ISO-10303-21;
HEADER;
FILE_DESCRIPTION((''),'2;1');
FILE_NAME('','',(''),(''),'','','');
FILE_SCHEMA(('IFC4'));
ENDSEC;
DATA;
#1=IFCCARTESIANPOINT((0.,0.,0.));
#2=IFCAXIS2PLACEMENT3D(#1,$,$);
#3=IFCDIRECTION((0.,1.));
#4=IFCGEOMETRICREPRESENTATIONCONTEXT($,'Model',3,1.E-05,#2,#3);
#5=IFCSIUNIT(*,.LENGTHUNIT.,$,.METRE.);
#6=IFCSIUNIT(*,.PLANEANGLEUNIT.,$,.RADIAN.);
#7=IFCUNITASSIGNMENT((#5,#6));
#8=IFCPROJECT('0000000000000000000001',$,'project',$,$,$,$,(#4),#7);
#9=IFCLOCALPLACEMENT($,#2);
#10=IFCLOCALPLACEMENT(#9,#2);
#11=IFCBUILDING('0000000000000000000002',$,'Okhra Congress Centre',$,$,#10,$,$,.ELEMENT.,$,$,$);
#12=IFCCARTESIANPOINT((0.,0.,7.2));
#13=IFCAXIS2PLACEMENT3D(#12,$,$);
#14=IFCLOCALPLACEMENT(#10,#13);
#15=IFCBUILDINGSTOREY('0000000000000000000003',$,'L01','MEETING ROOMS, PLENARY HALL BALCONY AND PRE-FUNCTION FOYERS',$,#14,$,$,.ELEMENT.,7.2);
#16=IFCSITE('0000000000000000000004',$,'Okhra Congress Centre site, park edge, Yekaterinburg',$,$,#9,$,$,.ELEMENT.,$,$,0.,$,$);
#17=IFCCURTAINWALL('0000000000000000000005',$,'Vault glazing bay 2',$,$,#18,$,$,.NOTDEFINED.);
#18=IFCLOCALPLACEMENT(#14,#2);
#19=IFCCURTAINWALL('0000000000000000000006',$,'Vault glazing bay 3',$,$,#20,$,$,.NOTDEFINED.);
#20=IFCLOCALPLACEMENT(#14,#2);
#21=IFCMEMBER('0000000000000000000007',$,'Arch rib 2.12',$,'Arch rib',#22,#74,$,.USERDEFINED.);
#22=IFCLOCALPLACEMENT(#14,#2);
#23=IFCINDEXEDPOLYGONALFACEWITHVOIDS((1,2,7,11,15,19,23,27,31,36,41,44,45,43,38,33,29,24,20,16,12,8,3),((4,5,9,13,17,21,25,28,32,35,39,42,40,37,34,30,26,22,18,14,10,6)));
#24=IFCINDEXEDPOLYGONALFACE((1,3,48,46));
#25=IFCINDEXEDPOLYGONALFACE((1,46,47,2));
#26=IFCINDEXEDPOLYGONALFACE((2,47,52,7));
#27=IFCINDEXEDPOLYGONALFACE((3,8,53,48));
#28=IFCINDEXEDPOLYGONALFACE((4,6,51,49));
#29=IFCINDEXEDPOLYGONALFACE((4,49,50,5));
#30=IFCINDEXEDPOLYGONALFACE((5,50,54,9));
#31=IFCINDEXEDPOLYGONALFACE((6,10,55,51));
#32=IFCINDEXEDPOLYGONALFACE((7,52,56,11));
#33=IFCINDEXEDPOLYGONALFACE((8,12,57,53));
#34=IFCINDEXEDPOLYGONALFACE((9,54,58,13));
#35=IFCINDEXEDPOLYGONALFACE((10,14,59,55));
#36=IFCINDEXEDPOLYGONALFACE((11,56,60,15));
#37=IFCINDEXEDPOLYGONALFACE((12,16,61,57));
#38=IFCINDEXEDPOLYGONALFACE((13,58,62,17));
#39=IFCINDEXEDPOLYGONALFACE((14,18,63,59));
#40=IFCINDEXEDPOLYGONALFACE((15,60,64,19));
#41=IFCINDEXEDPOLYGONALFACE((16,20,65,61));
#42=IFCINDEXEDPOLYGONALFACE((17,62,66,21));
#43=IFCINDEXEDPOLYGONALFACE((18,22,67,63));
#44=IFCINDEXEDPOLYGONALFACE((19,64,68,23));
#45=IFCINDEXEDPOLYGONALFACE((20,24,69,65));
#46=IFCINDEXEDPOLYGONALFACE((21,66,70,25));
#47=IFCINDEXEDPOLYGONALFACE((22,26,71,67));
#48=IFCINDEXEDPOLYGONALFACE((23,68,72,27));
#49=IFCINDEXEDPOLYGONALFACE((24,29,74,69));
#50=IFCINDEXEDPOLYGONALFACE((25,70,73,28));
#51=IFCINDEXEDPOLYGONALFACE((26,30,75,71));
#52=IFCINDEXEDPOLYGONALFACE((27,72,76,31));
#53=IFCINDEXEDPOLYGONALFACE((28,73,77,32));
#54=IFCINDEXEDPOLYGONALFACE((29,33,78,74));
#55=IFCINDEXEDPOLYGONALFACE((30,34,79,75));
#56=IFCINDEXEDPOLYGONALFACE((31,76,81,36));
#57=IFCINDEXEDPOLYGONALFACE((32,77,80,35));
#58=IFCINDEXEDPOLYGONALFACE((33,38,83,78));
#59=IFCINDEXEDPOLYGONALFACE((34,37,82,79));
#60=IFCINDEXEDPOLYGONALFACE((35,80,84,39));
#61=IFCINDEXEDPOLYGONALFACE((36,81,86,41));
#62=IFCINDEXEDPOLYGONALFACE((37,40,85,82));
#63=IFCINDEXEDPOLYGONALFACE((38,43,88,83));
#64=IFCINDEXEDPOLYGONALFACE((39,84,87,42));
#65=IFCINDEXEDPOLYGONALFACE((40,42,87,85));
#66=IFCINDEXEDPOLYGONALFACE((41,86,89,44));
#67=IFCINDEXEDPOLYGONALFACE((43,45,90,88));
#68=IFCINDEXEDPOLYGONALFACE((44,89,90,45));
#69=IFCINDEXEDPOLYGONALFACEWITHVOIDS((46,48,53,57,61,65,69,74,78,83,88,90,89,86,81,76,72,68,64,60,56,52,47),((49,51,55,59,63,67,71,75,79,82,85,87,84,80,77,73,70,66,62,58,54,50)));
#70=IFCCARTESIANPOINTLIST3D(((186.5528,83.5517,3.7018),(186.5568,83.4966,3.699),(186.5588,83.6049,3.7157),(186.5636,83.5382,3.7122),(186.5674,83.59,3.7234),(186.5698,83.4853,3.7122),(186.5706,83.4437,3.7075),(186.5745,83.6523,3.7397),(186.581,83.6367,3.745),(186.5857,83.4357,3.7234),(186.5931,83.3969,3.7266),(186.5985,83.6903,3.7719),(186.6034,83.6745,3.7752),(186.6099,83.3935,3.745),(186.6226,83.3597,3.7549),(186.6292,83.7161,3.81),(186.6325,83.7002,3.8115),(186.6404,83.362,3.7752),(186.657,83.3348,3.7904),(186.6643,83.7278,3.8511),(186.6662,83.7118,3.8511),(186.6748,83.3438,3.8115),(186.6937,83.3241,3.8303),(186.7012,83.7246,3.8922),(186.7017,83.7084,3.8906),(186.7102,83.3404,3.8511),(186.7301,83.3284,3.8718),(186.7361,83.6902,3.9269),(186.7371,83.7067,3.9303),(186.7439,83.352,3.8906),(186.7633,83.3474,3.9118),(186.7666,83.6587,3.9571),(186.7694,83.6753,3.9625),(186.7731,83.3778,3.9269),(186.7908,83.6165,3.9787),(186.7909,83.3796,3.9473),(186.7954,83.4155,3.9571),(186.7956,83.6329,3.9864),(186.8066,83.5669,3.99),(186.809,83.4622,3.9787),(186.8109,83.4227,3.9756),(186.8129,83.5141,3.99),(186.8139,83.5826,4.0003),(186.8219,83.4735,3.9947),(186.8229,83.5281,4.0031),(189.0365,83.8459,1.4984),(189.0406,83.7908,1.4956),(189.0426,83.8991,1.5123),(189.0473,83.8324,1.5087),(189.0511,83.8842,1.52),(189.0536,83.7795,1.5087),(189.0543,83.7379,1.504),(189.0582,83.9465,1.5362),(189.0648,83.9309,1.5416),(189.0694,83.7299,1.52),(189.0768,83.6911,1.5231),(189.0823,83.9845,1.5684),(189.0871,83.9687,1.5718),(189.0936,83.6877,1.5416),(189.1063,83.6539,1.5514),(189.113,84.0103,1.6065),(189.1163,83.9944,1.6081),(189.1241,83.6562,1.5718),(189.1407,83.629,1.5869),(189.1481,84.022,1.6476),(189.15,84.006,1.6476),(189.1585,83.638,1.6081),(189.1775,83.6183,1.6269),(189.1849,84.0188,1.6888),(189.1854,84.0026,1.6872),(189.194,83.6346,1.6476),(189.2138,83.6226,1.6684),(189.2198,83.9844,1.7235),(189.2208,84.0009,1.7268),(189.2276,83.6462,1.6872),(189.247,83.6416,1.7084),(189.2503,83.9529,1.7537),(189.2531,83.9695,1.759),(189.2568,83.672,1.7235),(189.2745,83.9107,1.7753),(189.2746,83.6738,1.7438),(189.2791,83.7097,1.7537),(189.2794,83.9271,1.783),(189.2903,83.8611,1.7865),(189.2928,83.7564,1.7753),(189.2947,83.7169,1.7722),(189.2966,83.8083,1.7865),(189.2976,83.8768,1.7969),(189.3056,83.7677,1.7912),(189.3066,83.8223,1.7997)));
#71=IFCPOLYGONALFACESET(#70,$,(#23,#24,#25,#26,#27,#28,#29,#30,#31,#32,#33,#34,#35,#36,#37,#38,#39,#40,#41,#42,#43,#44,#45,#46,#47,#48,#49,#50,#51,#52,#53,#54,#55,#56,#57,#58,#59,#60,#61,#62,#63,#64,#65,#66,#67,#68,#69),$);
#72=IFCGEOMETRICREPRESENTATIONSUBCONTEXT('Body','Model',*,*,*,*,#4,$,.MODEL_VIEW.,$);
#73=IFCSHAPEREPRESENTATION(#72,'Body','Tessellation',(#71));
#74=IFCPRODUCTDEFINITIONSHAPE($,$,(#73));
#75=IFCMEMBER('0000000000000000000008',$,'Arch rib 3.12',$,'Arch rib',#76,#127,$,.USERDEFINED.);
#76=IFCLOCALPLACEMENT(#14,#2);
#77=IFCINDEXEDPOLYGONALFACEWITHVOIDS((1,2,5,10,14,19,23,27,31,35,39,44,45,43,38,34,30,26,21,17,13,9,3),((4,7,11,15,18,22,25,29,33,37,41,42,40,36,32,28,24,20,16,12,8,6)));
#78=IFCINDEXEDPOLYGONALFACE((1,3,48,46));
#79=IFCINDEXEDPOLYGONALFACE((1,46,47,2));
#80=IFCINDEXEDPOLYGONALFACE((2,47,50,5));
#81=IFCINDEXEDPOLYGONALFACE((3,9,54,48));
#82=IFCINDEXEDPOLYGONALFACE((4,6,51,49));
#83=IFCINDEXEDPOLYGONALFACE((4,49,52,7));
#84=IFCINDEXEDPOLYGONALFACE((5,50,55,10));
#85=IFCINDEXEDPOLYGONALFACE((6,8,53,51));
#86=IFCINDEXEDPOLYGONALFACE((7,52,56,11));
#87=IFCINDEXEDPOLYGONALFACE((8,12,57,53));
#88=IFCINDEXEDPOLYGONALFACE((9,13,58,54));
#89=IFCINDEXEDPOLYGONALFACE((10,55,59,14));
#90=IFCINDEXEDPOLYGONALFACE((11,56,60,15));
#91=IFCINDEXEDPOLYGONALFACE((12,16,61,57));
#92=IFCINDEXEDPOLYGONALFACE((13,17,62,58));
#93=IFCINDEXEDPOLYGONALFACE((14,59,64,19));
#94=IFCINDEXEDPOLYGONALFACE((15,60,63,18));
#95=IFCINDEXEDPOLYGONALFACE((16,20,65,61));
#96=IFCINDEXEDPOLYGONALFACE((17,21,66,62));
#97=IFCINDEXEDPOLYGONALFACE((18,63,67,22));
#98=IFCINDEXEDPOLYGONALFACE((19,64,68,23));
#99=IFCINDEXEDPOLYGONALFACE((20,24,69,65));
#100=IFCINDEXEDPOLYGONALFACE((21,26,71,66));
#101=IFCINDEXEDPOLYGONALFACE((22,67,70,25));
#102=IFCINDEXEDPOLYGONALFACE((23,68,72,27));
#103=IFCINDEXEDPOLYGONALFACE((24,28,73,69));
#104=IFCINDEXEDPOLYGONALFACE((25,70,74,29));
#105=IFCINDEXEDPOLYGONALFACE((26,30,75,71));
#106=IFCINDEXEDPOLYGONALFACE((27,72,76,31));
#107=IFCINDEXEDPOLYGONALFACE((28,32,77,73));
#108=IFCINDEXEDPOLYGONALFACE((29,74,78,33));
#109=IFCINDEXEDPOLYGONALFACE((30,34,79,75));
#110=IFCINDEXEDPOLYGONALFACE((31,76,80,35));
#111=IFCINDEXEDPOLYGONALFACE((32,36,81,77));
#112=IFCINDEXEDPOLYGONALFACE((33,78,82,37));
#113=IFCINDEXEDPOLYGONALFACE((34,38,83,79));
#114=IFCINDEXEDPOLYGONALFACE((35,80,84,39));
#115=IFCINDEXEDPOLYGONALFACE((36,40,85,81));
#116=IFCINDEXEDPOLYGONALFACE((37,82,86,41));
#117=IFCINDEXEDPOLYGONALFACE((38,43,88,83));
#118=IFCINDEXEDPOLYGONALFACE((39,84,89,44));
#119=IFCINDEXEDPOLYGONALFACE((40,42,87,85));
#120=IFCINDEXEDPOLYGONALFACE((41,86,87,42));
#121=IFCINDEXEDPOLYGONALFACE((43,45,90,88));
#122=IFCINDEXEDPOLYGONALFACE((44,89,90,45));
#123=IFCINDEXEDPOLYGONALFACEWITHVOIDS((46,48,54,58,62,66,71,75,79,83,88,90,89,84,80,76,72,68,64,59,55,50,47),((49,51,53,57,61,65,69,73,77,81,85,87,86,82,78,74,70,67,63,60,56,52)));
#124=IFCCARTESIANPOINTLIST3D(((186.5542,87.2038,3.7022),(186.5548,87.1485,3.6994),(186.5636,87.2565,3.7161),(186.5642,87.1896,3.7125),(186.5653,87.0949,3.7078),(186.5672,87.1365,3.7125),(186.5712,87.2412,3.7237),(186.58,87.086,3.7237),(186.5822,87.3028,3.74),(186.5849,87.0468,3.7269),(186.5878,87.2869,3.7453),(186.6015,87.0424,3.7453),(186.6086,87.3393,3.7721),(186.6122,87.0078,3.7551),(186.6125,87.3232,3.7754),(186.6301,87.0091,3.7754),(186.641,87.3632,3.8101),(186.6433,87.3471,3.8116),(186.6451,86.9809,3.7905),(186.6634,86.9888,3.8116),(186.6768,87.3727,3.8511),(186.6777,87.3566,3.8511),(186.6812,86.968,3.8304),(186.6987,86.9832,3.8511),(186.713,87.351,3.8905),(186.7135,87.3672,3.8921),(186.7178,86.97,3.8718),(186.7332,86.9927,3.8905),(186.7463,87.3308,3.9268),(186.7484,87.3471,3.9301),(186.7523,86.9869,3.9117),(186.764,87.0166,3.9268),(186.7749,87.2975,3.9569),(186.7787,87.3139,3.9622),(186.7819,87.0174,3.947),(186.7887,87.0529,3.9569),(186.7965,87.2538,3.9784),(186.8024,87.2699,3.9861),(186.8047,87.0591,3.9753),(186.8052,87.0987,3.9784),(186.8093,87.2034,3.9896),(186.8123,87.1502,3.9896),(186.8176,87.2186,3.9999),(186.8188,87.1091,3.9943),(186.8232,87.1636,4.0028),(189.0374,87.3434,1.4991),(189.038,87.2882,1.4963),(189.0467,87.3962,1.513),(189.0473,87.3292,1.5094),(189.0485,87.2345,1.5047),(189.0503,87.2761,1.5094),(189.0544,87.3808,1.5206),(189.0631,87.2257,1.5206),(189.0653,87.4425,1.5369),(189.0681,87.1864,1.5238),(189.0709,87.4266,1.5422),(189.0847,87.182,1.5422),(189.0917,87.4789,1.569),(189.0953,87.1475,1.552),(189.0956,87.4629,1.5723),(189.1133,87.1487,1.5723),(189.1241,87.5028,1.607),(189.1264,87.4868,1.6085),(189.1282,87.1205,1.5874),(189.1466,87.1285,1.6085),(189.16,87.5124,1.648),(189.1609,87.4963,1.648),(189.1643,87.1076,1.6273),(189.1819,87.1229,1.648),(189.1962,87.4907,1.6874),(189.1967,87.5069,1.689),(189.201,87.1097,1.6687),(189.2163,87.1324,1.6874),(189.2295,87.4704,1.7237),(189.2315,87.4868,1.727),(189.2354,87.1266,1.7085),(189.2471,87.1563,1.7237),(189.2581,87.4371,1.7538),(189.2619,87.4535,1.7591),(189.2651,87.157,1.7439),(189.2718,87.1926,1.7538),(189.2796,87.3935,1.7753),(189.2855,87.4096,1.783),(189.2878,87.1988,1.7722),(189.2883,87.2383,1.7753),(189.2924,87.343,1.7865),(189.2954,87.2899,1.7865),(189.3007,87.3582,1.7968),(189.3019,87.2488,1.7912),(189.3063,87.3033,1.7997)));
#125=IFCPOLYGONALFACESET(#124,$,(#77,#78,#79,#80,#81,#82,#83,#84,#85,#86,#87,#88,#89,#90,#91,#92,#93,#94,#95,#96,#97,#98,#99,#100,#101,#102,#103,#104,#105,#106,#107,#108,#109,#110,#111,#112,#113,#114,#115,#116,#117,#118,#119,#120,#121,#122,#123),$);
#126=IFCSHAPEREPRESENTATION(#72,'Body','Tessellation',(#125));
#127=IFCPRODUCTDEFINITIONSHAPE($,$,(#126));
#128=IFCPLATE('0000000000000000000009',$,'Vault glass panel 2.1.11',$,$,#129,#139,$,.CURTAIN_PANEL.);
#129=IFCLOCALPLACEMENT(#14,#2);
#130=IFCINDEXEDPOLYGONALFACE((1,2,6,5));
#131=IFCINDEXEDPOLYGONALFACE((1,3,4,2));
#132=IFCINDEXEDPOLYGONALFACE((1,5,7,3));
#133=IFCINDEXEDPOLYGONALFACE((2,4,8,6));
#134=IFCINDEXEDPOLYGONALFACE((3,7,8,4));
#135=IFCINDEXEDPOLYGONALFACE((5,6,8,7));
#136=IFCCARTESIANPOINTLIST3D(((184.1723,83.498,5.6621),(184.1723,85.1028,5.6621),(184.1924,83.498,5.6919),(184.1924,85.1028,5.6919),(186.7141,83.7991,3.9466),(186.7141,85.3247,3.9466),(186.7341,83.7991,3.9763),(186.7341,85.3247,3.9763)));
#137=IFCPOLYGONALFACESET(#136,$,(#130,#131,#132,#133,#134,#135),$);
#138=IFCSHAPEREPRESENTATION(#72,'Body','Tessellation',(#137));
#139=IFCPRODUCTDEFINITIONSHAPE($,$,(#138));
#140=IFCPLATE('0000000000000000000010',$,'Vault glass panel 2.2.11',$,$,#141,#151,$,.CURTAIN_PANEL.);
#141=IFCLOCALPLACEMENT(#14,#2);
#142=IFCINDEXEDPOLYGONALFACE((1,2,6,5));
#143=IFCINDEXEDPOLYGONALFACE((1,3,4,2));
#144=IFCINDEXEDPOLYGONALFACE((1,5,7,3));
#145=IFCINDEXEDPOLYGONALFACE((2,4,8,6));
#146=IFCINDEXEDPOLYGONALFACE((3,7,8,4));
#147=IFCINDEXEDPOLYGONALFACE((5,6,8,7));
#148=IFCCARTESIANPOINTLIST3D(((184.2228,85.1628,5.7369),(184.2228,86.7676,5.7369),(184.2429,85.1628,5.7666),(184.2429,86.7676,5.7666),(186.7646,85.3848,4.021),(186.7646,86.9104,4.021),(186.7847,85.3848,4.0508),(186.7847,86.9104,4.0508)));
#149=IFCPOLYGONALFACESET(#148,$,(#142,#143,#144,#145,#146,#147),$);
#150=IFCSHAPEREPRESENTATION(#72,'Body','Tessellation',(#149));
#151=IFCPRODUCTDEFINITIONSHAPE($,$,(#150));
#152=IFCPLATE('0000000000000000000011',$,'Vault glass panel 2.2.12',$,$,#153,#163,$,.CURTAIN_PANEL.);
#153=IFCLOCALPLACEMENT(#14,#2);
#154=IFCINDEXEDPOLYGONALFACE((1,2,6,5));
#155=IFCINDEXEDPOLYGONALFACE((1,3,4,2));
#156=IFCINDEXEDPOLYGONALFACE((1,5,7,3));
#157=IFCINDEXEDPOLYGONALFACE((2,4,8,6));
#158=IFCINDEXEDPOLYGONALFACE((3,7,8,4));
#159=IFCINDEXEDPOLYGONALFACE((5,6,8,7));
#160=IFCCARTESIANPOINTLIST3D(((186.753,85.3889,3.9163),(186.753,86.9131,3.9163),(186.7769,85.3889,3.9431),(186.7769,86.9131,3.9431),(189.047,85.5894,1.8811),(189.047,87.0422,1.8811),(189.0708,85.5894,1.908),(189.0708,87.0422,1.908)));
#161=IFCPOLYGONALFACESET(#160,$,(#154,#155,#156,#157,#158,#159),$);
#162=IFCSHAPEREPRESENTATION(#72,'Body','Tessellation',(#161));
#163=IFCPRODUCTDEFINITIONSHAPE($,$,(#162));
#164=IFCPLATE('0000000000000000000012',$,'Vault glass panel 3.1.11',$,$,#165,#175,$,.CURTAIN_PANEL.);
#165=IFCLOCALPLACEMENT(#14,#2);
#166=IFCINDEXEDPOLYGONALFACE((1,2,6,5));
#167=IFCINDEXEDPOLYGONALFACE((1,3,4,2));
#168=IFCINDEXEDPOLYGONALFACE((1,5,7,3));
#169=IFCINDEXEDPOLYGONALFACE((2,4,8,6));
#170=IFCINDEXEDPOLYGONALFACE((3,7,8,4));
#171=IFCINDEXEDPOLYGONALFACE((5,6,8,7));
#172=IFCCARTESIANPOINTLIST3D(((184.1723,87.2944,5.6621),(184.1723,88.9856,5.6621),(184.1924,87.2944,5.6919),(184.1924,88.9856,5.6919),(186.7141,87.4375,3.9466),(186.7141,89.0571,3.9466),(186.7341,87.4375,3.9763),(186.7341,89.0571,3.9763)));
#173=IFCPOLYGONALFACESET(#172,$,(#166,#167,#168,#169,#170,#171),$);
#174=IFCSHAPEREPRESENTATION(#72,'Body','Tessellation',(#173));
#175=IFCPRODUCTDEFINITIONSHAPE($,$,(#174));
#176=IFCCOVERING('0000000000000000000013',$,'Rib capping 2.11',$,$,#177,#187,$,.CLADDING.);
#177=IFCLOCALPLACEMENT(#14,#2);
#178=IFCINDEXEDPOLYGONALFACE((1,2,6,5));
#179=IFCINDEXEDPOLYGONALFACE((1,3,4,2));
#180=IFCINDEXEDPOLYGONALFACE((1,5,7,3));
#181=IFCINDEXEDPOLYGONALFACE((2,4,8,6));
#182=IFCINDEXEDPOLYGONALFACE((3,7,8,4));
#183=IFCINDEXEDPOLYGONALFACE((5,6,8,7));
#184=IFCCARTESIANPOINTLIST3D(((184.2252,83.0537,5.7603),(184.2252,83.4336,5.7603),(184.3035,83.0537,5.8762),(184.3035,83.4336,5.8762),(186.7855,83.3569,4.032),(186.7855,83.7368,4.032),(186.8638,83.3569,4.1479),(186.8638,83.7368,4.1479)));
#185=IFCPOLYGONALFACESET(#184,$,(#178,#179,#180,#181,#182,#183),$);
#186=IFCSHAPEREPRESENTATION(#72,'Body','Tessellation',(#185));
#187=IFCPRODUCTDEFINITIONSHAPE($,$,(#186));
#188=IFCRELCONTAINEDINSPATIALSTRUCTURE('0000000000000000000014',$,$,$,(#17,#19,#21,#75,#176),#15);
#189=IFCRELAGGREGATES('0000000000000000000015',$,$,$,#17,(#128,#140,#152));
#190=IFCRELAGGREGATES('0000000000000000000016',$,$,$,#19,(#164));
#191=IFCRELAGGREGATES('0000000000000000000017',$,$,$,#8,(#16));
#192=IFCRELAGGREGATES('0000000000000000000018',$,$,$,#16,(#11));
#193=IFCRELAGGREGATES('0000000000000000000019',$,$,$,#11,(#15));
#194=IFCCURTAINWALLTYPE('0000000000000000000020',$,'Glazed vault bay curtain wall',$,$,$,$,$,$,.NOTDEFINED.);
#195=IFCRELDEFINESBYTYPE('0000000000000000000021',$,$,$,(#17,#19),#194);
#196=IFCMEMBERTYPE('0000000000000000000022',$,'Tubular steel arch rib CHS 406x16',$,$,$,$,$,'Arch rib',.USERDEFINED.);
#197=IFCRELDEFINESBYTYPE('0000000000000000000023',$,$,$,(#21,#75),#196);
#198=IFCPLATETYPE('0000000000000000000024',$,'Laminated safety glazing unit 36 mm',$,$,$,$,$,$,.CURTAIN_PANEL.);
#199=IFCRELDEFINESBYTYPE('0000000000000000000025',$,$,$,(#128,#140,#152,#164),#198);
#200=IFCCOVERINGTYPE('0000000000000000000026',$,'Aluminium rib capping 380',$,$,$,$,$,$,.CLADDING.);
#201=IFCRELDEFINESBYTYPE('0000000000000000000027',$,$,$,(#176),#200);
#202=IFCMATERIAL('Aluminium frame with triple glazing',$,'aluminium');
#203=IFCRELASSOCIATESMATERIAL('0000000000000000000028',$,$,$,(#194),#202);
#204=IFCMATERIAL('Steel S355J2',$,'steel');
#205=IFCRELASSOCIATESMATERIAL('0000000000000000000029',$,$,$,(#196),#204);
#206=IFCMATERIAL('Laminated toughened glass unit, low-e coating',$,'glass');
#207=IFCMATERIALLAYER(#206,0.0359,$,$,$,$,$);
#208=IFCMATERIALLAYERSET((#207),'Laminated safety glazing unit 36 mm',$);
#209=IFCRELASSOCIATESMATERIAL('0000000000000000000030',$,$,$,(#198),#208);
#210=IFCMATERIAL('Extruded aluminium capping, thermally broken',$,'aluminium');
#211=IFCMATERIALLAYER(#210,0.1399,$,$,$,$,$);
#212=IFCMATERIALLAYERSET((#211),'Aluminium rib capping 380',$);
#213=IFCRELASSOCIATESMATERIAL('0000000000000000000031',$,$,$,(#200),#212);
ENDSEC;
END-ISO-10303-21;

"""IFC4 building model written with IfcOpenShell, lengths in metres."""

from ifc_helpers import new_model, si_unit, direction, frame, origin, origin_2d, place, context, subcontext, project, spatial, polyline, hollow_circle, outline, extrude, material, layer, layer_set, material_profile, profile_set, type_object, element, aggregate, save


model = new_model("IFC4")

# Units and contexts
model_context = context("Model", 3, precision=1e-05, world=origin(), true_north=direction((0.0, 1.0)))
body_context = subcontext(model_context, "Body", "Model", "MODEL_VIEW")
ifc_project = project(units=[si_unit("LENGTHUNIT", "METRE"), si_unit("PLANEANGLEUNIT", "RADIAN")], contexts=[model_context])

# Site, building, storey
site_placement = place(None, origin())
site = spatial("IfcSite", under=ifc_project, at=site_placement, Name="Okhra Congress Centre site, park edge, Yekaterinburg", CompositionType="ELEMENT", RefElevation=0.0)
building_placement = place(site_placement, origin())
building = spatial("IfcBuilding", under=site, at=building_placement, Name="Okhra Congress Centre", CompositionType="ELEMENT")
storey_placement = place(building_placement, frame((0.0, 0.0, 7.2)))
storey = spatial("IfcBuildingStorey", under=building, at=storey_placement, Name="L01", Description="MEETING ROOMS, PLENARY HALL BALCONY AND PRE-FUNCTION FOYERS", CompositionType="ELEMENT", Elevation=7.2)

# Shared definitions
ifc_material_1 = material(Name="Aluminium frame with triple glazing", Category="aluminium")
curtain_wall_type = type_object("IfcCurtainWallType", Name="Glazed vault bay curtain wall", PredefinedType="NOTDEFINED", material=ifc_material_1)

# Curtain walls
curtain_wall_1_placement = place(storey_placement, origin())
curtain_wall_1 = element("IfcCurtainWall", 1, at=curtain_wall_1_placement, inside=storey, type_object=curtain_wall_type, Name="Vault glazing bay 2", PredefinedType="NOTDEFINED")
curtain_wall_2_placement = place(storey_placement, origin())
curtain_wall_2 = element("IfcCurtainWall", 2, at=curtain_wall_2_placement, inside=storey, type_object=curtain_wall_type, Name="Vault glazing bay 3", PredefinedType="NOTDEFINED")

# Members
ifc_material_2 = material(Name="Steel S355J2", Category="steel")
ifc_material_profile_1 = material_profile(ifc_material_2, hollow_circle(Radius=0.2031, WallThickness=0.0161, at=origin_2d()), Name="CHS 406.4x16")
ifc_profile_set_1 = profile_set([ifc_material_profile_1], Name="Steel S355J2")
member_type_1 = type_object("IfcMemberType", Name="Tubular steel arch rib CHS 406x16", ElementType="Arch rib", PredefinedType="USERDEFINED", material=ifc_profile_set_1)
member_1_placement = place(storey_placement, frame((186.6882, 83.5261, 3.8511), z_axis=(0.745135, 0.088262, -0.661048), x_axis=(-0.117628, 0.993058, 0.0)))
element("IfcMember", 3, at=member_1_placement, inside=storey, type_object=member_type_1, Name="Arch rib 2.12", ObjectType="Arch rib", PredefinedType="USERDEFINED", context=body_context, shape_type="SweptSolid", body=[
    extrude(hollow_circle(Radius=0.2031, WallThickness=0.0161, at=origin_2d()), origin(), (0.0, 0.0, 1.0), 3.3333),
])
member_2_placement = place(storey_placement, frame((186.6882, 87.1699, 3.8511), z_axis=(0.747365, 0.042031, -0.663083), x_axis=(-0.05615, 0.998422, 0.0)))
element("IfcMember", 4, at=member_2_placement, inside=storey, type_object=member_type_1, Name="Arch rib 3.12", ObjectType="Arch rib", PredefinedType="USERDEFINED", context=body_context, shape_type="SweptSolid", body=[
    extrude(hollow_circle(Radius=0.2031, WallThickness=0.0161, at=origin_2d()), origin(), (0.0, 0.0, 1.0), 3.3225),
])

# Plates
ifc_material_3 = material(Name="Laminated toughened glass unit, low-e coating", Category="glass")
ifc_layer_1 = layer(ifc_material_3, 0.0359)
ifc_layer_set_1 = layer_set([ifc_layer_1], Name="Laminated safety glazing unit 36 mm")
plate_type = type_object("IfcPlateType", Name="Laminated safety glazing unit 36 mm", PredefinedType="CURTAIN_PANEL", material=ifc_layer_set_1)
plate_1_placement = place(storey_placement, frame((184.1924, 83.498, 5.6919), z_axis=(0.55945, 0.0, 0.828864), x_axis=(0.824899, 0.097695, -0.556773)))
plate_1 = element("IfcPlate", 5, at=plate_1_placement, type_object=plate_type, Name="Vault glass panel 2.1.11", PredefinedType="CURTAIN_PANEL", context=body_context, shape_type="SweptSolid", body=[
    extrude(outline(polyline([(0.0, 0.0), (3.0813, 0.0), (3.2303, 1.5183), (0.1568, 1.5971), (0.0, 0.0)])), origin(), (0.0, 0.0, -1.0), 0.0359),
])
plate_2_placement = place(storey_placement, frame((184.2429, 85.1628, 5.7666), z_axis=(0.559504, 0.0, 0.828827), x_axis=(0.826666, 0.072177, -0.558045)))
plate_2 = element("IfcPlate", 6, at=plate_2_placement, type_object=plate_type, Name="Vault glass panel 2.2.11", PredefinedType="CURTAIN_PANEL", context=body_context, shape_type="SweptSolid", body=[
    extrude(outline(polyline([(0.0, 0.0), (3.0747, 0.0), (3.1848, 1.5217), (0.1158, 1.6006), (0.0, 0.0)])), origin(), (0.0, 0.0, -1.0), 0.0359),
])
plate_3_placement = place(storey_placement, frame((186.7769, 85.3889, 3.9431), z_axis=(0.663652, 0.0, 0.748041), x_axis=(0.746449, 0.065223, -0.662239)))
plate_3 = element("IfcPlate", 7, at=plate_3_placement, type_object=plate_type, Name="Vault glass panel 2.2.12", PredefinedType="CURTAIN_PANEL", context=body_context, shape_type="SweptSolid", body=[
    extrude(outline(polyline([(0.0, 0.0), (3.0731, 0.0), (3.1679, 1.4498), (0.0994, 1.5209), (0.0, 0.0)])), origin(), (0.0, 0.0, -1.0), 0.0359),
])
aggregate(curtain_wall_1, [plate_1, plate_2, plate_3])
plate_4_placement = place(storey_placement, frame((184.1924, 87.2944, 5.6919), z_axis=(0.55945, 0.0, 0.828864), x_axis=(0.827964, 0.046603, -0.558842)))
plate_4 = element("IfcPlate", 8, at=plate_4_placement, type_object=plate_type, Name="Vault glass panel 3.1.11", PredefinedType="CURTAIN_PANEL", context=body_context, shape_type="SweptSolid", body=[
    extrude(outline(polyline([(0.0, 0.0), (3.0699, 0.0), (3.1454, 1.6179), (0.0788, 1.6893), (0.0, 0.0)])), origin(), (0.0, 0.0, -1.0), 0.0359),
])
aggregate(curtain_wall_2, [plate_4])

# Covering
ifc_material_4 = material(Name="Extruded aluminium capping, thermally broken", Category="aluminium")
ifc_layer_2 = layer(ifc_material_4, 0.1399)
ifc_layer_set_2 = layer_set([ifc_layer_2], Name="Aluminium rib capping 380")
covering_type = type_object("IfcCoveringType", Name="Aluminium rib capping 380", PredefinedType="CLADDING", material=ifc_layer_set_2)
covering_1_placement = place(storey_placement, frame((184.3035, 83.0537, 5.8762), z_axis=(0.559488, 0.0, 0.828839), x_axis=(0.824874, 0.097692, -0.556812)))
element("IfcCovering", 9, at=covering_1_placement, inside=storey, type_object=covering_type, Name="Rib capping 2.11", PredefinedType="CLADDING", context=body_context, shape_type="SweptSolid", body=[
    extrude(outline(polyline([(0.0, 0.0), (3.1039, 0.0), (3.141, 0.3781), (0.0371, 0.3781), (0.0, 0.0)])), origin(), (0.0, 0.0, -1.0), 0.1399),
])

save(model, "model.ifc")
